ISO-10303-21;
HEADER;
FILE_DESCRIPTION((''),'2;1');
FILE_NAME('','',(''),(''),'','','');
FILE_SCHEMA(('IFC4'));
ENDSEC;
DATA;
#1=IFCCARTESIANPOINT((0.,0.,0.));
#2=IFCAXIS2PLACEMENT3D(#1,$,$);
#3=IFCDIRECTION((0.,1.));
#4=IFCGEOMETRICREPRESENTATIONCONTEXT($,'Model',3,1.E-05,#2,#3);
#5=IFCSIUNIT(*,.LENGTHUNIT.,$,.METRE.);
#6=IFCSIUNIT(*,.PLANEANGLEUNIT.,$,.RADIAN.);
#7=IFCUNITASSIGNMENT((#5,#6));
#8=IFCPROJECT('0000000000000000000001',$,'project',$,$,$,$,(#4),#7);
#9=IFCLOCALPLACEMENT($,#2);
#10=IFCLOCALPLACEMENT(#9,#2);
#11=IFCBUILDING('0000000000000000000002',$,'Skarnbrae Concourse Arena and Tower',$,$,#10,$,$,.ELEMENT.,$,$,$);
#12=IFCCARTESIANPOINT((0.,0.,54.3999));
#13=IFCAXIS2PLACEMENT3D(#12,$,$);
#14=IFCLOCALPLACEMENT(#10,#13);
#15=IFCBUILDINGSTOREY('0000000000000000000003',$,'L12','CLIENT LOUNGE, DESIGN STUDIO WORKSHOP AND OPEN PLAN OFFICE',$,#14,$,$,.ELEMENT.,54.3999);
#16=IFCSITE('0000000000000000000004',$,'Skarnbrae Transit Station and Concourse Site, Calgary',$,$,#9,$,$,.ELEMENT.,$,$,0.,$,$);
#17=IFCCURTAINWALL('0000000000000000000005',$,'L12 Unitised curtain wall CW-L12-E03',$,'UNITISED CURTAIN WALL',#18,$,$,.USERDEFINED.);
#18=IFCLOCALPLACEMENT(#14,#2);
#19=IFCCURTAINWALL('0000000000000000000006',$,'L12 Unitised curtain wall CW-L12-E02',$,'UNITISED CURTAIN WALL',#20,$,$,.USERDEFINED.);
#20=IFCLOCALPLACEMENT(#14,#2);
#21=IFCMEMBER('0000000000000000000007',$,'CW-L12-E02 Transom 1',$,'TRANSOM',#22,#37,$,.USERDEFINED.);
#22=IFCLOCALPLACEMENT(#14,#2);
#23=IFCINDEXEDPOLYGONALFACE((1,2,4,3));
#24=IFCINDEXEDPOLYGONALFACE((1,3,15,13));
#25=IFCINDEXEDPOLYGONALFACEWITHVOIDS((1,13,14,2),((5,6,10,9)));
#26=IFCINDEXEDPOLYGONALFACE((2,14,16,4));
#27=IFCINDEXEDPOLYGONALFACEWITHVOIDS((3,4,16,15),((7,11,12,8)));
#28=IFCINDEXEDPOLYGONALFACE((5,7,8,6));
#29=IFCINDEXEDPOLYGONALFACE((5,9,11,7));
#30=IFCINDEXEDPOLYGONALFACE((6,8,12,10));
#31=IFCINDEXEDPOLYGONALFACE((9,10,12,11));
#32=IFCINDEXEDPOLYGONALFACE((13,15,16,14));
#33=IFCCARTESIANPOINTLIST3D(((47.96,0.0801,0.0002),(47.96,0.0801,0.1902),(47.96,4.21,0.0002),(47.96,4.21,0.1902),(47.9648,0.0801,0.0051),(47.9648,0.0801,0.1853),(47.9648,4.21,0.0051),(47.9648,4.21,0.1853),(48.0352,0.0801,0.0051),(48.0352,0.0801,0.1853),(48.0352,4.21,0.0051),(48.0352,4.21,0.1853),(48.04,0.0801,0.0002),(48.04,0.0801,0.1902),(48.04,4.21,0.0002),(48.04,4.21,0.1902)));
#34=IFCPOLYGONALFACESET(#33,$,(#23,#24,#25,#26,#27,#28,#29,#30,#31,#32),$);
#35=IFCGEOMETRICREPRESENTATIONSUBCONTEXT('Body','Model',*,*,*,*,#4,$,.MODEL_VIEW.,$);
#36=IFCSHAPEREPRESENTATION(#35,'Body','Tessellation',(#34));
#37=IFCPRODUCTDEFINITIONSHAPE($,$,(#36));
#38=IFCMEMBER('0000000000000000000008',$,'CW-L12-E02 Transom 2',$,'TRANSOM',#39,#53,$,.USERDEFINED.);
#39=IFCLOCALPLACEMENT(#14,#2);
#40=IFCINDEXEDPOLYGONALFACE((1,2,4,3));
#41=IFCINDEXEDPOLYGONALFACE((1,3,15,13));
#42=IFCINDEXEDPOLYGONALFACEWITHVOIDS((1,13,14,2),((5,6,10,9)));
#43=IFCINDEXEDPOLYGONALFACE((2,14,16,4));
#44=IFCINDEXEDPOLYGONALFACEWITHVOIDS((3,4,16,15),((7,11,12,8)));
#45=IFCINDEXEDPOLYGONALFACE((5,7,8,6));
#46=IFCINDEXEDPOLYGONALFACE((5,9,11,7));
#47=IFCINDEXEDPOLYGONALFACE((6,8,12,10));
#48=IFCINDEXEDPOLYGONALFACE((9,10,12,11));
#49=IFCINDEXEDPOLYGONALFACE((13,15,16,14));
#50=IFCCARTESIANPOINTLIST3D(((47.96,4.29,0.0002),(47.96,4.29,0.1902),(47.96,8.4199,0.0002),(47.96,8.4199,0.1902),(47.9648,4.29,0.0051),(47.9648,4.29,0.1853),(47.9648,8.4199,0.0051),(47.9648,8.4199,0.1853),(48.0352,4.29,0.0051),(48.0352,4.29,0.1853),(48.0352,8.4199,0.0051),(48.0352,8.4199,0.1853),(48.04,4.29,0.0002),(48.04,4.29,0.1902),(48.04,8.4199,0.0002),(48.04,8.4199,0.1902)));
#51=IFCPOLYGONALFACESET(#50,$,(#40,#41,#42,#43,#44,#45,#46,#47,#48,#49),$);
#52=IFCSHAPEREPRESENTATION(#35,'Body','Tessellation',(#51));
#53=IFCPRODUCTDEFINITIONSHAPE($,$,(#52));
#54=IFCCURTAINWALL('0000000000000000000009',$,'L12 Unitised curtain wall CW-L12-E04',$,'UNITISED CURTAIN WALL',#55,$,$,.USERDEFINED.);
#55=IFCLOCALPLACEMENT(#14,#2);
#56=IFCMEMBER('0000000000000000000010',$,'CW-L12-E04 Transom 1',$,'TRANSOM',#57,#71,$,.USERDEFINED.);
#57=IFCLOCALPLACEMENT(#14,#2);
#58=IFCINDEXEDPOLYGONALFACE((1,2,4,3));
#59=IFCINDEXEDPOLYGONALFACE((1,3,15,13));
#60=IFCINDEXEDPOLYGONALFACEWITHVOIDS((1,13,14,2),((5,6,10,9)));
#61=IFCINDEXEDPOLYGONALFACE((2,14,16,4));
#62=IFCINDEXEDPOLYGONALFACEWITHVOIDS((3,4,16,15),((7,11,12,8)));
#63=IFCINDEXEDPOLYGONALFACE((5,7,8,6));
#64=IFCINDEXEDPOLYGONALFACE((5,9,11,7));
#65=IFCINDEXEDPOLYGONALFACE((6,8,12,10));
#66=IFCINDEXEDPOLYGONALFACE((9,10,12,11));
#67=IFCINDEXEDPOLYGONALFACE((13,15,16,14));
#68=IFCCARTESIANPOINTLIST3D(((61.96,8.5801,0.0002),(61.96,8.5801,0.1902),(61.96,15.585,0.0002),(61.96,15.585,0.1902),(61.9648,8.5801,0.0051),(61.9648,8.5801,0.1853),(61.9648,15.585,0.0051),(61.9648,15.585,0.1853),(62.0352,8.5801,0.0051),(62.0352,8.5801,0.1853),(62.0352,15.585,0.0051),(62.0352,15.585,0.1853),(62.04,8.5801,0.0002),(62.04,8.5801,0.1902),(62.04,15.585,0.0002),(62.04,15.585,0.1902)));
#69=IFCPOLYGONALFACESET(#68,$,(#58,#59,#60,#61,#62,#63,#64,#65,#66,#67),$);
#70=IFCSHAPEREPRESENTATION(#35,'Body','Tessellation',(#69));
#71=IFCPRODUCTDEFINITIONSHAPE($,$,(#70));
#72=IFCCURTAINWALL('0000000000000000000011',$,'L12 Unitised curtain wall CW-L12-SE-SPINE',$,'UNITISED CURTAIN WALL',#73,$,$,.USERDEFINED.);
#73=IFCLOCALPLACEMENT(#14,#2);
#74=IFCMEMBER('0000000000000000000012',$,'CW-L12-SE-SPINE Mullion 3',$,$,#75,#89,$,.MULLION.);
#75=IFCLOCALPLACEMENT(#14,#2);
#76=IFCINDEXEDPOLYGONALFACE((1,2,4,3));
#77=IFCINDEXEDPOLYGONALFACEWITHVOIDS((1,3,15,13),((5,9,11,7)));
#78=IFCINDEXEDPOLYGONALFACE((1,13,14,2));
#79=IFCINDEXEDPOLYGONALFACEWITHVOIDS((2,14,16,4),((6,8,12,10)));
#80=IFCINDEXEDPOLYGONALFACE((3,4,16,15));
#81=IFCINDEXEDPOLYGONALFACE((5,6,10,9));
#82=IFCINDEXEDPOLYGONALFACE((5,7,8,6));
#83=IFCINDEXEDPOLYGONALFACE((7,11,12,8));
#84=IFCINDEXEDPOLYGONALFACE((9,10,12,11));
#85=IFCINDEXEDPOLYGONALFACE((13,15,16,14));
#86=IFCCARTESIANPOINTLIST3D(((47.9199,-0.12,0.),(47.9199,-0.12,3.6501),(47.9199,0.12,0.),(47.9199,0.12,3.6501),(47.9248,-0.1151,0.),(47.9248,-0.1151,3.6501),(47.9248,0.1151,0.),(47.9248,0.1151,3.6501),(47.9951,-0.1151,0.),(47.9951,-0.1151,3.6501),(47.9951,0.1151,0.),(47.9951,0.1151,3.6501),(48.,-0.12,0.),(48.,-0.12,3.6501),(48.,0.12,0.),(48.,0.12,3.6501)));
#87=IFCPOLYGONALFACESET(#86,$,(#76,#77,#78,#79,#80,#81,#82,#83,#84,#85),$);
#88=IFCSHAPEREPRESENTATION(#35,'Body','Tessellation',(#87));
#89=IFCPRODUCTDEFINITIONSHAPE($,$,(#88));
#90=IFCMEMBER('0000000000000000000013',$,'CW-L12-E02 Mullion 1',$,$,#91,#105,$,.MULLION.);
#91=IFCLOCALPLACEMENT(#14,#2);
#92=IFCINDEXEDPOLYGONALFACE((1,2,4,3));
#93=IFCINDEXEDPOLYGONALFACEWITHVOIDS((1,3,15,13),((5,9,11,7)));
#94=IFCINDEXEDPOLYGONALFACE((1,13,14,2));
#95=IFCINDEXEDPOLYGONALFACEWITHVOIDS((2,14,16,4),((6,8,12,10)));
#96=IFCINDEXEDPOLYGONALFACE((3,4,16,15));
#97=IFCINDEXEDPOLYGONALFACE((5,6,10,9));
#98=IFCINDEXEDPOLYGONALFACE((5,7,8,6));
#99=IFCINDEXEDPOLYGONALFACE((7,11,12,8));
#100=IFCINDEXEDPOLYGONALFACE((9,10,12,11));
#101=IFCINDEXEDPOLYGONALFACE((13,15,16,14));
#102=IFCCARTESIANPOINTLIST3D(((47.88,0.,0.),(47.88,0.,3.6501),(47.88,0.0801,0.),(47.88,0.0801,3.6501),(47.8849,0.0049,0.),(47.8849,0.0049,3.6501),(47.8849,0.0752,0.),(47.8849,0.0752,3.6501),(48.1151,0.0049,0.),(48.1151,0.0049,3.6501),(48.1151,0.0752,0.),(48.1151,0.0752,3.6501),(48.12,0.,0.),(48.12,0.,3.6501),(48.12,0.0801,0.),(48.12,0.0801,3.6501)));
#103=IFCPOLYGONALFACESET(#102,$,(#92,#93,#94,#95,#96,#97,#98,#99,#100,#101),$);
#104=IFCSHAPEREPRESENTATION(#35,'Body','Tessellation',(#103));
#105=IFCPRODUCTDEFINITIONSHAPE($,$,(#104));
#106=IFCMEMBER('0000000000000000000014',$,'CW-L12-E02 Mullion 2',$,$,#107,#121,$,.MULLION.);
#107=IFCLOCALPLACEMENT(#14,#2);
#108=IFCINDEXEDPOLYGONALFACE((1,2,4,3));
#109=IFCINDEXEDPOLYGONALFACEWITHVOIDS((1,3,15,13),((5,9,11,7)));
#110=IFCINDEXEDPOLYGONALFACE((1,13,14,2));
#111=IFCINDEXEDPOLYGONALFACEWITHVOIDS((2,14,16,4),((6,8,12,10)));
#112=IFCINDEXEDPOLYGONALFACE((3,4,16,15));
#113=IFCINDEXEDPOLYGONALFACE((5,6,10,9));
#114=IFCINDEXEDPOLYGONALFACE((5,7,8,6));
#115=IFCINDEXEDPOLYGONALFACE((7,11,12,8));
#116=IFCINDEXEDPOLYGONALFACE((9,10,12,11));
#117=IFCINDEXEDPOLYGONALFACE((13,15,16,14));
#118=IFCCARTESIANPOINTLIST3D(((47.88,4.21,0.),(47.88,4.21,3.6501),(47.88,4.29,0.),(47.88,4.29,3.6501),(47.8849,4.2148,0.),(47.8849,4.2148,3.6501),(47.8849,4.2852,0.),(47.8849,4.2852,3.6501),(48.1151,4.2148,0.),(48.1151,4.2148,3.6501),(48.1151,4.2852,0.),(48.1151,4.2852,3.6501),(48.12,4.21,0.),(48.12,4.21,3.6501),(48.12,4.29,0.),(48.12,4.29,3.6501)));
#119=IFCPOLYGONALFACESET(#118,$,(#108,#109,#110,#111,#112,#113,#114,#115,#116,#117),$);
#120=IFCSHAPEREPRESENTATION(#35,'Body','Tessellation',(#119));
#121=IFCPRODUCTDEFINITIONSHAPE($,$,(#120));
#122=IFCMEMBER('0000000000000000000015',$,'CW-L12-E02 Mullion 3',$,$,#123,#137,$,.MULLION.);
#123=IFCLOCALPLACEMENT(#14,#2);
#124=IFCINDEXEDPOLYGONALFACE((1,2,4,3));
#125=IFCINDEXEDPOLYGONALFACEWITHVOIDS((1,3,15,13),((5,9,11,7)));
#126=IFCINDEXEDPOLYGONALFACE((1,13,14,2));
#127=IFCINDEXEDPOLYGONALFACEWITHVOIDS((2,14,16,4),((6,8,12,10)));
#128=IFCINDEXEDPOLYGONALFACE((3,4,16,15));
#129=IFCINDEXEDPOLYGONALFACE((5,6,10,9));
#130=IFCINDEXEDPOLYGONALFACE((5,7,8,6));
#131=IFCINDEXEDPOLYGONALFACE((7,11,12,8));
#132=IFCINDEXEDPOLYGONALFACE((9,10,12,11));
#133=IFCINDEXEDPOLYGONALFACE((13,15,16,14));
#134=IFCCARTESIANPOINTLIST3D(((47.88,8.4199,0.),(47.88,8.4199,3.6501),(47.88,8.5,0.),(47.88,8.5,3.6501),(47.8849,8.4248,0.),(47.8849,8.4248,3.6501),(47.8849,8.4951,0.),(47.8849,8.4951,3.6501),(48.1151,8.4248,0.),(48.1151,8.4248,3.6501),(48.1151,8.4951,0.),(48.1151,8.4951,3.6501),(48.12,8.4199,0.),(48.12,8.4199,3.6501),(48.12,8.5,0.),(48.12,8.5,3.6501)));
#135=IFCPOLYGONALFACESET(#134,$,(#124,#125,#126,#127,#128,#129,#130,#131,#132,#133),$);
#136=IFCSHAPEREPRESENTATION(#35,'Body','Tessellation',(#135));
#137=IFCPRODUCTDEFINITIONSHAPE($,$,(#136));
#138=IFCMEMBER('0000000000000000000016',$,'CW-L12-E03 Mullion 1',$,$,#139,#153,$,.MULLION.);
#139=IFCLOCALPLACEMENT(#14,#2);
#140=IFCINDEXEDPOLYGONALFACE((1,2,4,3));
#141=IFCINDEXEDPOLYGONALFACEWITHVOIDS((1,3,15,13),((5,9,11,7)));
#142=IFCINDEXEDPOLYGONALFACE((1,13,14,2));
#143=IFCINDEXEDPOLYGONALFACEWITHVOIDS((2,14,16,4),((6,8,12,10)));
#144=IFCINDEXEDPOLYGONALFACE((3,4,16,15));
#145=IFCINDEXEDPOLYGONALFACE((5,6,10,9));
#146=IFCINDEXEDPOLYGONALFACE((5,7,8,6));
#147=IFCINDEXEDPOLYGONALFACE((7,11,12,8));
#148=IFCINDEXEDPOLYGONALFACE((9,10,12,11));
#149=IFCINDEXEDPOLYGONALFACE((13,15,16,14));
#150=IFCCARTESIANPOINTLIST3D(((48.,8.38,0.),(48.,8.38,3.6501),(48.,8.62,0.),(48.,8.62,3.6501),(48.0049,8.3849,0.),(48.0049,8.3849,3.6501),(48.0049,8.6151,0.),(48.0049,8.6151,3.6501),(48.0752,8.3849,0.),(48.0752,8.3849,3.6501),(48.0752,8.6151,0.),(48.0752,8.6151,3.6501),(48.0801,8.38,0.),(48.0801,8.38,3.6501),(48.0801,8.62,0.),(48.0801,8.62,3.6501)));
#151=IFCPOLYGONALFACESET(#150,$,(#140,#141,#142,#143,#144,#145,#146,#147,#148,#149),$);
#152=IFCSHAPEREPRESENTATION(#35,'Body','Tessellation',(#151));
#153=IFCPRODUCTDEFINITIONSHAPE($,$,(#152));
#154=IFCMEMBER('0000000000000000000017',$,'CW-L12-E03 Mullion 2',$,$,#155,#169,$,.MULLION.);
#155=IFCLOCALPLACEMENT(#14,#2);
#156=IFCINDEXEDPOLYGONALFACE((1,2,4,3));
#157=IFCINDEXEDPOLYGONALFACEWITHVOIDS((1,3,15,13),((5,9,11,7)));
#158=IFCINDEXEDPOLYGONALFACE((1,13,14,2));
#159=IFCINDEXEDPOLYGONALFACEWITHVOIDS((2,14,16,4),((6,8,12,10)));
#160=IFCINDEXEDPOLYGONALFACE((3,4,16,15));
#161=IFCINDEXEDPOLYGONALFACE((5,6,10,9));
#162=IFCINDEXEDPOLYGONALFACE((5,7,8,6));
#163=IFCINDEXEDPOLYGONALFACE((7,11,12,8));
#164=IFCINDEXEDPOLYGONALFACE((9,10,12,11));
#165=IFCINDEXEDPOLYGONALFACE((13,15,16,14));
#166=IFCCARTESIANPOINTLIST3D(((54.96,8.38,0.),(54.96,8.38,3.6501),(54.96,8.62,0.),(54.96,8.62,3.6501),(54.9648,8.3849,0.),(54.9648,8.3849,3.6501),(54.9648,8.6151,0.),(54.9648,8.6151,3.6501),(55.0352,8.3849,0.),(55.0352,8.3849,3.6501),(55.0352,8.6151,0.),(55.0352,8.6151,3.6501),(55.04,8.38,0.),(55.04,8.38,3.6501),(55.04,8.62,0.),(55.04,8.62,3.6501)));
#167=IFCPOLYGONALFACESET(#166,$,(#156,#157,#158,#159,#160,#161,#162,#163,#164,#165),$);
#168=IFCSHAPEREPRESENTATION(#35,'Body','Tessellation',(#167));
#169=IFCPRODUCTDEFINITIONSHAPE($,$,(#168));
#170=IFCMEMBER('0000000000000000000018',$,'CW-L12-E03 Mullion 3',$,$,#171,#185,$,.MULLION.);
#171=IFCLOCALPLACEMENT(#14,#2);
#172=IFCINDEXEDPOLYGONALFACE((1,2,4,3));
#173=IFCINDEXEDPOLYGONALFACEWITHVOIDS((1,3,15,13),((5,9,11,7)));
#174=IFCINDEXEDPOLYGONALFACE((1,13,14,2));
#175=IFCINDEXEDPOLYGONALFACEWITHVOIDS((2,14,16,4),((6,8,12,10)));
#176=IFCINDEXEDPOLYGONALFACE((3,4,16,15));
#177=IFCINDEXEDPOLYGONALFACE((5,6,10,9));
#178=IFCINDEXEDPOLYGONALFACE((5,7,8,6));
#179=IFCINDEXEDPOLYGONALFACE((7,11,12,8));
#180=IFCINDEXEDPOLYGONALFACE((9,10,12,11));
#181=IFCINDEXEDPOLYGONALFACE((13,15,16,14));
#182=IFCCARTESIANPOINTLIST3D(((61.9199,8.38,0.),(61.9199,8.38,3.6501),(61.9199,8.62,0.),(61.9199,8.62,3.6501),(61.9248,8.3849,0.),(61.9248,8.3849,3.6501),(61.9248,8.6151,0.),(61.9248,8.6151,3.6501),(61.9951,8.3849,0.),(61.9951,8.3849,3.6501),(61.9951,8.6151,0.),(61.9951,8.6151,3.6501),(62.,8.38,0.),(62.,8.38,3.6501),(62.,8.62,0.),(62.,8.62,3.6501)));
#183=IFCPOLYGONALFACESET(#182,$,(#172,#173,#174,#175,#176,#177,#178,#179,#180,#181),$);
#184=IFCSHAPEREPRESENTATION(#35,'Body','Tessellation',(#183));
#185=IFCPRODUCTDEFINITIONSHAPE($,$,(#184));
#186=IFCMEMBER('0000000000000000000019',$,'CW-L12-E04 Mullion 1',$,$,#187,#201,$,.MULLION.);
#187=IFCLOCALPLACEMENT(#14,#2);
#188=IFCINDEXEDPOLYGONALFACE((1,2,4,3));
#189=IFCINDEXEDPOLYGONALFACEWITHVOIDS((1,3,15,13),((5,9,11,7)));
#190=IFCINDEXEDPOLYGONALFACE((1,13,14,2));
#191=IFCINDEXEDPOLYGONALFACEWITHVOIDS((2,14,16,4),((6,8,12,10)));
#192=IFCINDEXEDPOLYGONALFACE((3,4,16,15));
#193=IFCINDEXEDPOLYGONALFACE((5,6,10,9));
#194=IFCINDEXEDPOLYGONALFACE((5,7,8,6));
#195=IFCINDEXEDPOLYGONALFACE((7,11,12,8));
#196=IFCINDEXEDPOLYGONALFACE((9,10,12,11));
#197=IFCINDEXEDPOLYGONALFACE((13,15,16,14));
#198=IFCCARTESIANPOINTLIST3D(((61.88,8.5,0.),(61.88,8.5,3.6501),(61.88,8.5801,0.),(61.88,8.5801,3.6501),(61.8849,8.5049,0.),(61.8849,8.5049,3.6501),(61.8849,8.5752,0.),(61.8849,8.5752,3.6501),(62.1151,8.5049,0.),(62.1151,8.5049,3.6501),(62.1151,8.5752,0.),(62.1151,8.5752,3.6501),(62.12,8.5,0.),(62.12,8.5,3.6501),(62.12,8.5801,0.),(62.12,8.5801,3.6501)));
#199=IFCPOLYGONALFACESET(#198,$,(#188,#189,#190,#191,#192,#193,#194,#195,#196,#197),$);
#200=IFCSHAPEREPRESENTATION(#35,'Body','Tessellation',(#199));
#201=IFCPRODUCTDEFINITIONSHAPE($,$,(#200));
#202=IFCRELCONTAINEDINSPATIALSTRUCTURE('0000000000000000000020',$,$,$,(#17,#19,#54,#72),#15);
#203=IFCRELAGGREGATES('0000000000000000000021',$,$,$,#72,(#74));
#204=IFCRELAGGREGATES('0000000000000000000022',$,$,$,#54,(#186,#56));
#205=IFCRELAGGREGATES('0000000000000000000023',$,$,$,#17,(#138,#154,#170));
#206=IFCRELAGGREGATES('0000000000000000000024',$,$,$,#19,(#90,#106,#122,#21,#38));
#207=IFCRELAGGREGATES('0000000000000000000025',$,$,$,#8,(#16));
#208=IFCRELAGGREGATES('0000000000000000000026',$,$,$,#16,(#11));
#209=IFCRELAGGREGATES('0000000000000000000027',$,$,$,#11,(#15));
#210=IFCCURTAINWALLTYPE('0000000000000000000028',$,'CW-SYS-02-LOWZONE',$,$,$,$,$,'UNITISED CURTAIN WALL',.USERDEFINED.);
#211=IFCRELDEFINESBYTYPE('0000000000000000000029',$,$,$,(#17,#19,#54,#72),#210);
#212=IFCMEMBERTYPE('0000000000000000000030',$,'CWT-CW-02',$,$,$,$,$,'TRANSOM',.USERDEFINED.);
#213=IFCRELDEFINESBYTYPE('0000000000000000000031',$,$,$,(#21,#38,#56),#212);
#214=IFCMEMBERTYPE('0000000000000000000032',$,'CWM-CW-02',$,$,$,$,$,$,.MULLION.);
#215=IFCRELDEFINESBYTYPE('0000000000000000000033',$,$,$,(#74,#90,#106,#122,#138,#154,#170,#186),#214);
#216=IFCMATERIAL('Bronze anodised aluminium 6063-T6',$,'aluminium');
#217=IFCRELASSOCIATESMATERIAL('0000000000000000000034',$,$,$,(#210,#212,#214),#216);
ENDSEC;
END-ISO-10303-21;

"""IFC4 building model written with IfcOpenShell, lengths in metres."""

from ifc_helpers import new_model, si_unit, direction, frame, origin, origin_2d, place, context, subcontext, project, spatial, hollow_rectangle, extrude, source, transform, mapped, material, material_profile, profile_set, type_object, element, aggregate, save


model = new_model("IFC4")

# Units and contexts
model_context = context("Model", 3, precision=1e-05, world=origin(), true_north=direction((0.0, 1.0)))
body_context = subcontext(model_context, "Body", "Model", "MODEL_VIEW")
ifc_project = project(units=[si_unit("LENGTHUNIT", "METRE"), si_unit("PLANEANGLEUNIT", "RADIAN")], contexts=[model_context])

# Site, building, storey
site_placement = place(None, origin())
site = spatial("IfcSite", under=ifc_project, at=site_placement, Name="Skarnbrae Transit Station and Concourse Site, Calgary", CompositionType="ELEMENT", RefElevation=0.0)
building_placement = place(site_placement, origin())
building = spatial("IfcBuilding", under=site, at=building_placement, Name="Skarnbrae Concourse Arena and Tower", CompositionType="ELEMENT")
storey_placement = place(building_placement, frame((0.0, 0.0, 54.3999)))
storey = spatial("IfcBuildingStorey", under=building, at=storey_placement, Name="L12", Description="CLIENT LOUNGE, DESIGN STUDIO WORKSHOP AND OPEN PLAN OFFICE", CompositionType="ELEMENT", Elevation=54.3999)

# Curtain walls, members
ifc_material_1 = material(Name="Bronze anodised aluminium 6063-T6", Category="aluminium")
curtain_wall_type = type_object("IfcCurtainWallType", Name="CW-SYS-02-LOWZONE", ElementType="UNITISED CURTAIN WALL", PredefinedType="USERDEFINED", material=ifc_material_1)
curtain_wall_1_placement = place(storey_placement, origin())
curtain_wall_1 = element("IfcCurtainWall", 1, at=curtain_wall_1_placement, inside=storey, type_object=curtain_wall_type, Name="L12 Unitised curtain wall CW-L12-E03", ObjectType="UNITISED CURTAIN WALL", PredefinedType="USERDEFINED")
ifc_material_profile_1 = material_profile(ifc_material_1, hollow_rectangle(XDim=0.0801, YDim=0.1899, WallThickness=0.0049, at=origin_2d()), Name="ALU-TRAN-80X190")
ifc_profile_set_1 = profile_set([ifc_material_profile_1], Name="Bronze anodised aluminium 6063-T6")
member_type_1 = type_object("IfcMemberType", Name="CWT-CW-02", ElementType="TRANSOM", PredefinedType="USERDEFINED", material=ifc_profile_set_1)
curtain_wall_2_placement = place(storey_placement, origin())
curtain_wall_2 = element("IfcCurtainWall", 2, at=curtain_wall_2_placement, inside=storey, type_object=curtain_wall_type, Name="L12 Unitised curtain wall CW-L12-E02", ObjectType="UNITISED CURTAIN WALL", PredefinedType="USERDEFINED")
shared_shape_1 = source(origin(), body_context, "Body", "SweptSolid", [
    extrude(hollow_rectangle(XDim=0.0801, YDim=0.1899, WallThickness=0.0049, at=origin_2d()), origin(), (0.0, 0.0, 1.0), 4.1299),
])
member_1_placement = place(storey_placement, frame((48.0, 0.0801, 0.0952), z_axis=(0.0, 1.0, 0.0), x_axis=(-1.0, 0.0, 0.0)))
member_1 = element("IfcMember", 3, at=member_1_placement, type_object=member_type_1, Name="CW-L12-E02 Transom 1", ObjectType="TRANSOM", PredefinedType="USERDEFINED", context=body_context, shape_type="MappedRepresentation", body=[
    mapped(shared_shape_1, transform((0.0, 0.0, 0.0))),
])
member_2_placement = place(storey_placement, frame((48.0, 4.29, 0.0952), z_axis=(0.0, 1.0, 0.0), x_axis=(-1.0, 0.0, 0.0)))
member_2 = element("IfcMember", 4, at=member_2_placement, type_object=member_type_1, Name="CW-L12-E02 Transom 2", ObjectType="TRANSOM", PredefinedType="USERDEFINED", context=body_context, shape_type="MappedRepresentation", body=[
    mapped(shared_shape_1, transform((0.0, 0.0, 0.0))),
])

# Curtain walls, members
curtain_wall_3_placement = place(storey_placement, origin())
curtain_wall_3 = element("IfcCurtainWall", 5, at=curtain_wall_3_placement, inside=storey, type_object=curtain_wall_type, Name="L12 Unitised curtain wall CW-L12-E04", ObjectType="UNITISED CURTAIN WALL", PredefinedType="USERDEFINED")
shared_shape_2 = source(origin(), body_context, "Body", "SweptSolid", [
    extrude(hollow_rectangle(XDim=0.0801, YDim=0.1899, WallThickness=0.0049, at=origin_2d()), origin(), (0.0, 0.0, 1.0), 7.0049),
])
member_3_placement = place(storey_placement, frame((62.0, 8.5801, 0.0952), z_axis=(0.0, 1.0, 0.0), x_axis=(-1.0, 0.0, 0.0)))
member_3 = element("IfcMember", 6, at=member_3_placement, type_object=member_type_1, Name="CW-L12-E04 Transom 1", ObjectType="TRANSOM", PredefinedType="USERDEFINED", context=body_context, shape_type="MappedRepresentation", body=[
    mapped(shared_shape_2, transform((0.0, 0.0, 0.0))),
])
curtain_wall_4_placement = place(storey_placement, origin())
curtain_wall_4 = element("IfcCurtainWall", 7, at=curtain_wall_4_placement, inside=storey, type_object=curtain_wall_type, Name="L12 Unitised curtain wall CW-L12-SE-SPINE", ObjectType="UNITISED CURTAIN WALL", PredefinedType="USERDEFINED")
ifc_material_profile_2 = material_profile(ifc_material_1, hollow_rectangle(XDim=0.0801, YDim=0.24, WallThickness=0.0049, at=origin_2d()), Name="ALU-MULL-80X240")
ifc_profile_set_2 = profile_set([ifc_material_profile_2], Name="Bronze anodised aluminium 6063-T6")
member_type_2 = type_object("IfcMemberType", Name="CWM-CW-02", PredefinedType="MULLION", material=ifc_profile_set_2)
shared_shape_3 = source(origin(), body_context, "Body", "SweptSolid", [
    extrude(hollow_rectangle(XDim=0.0801, YDim=0.24, WallThickness=0.0049, at=origin_2d()), origin(), (0.0, 0.0, 1.0), 3.6501),
])
member_4_placement = place(storey_placement, frame((47.96, 0.0, 0.0), z_axis=(0.0, 0.0, 1.0), x_axis=(1.0, 0.0, 0.0)))
member_4 = element("IfcMember", 8, at=member_4_placement, type_object=member_type_2, Name="CW-L12-SE-SPINE Mullion 3", PredefinedType="MULLION", context=body_context, shape_type="MappedRepresentation", body=[
    mapped(shared_shape_3, transform((0.0, 0.0, 0.0))),
])
aggregate(curtain_wall_4, [member_4])

# Members
member_5_placement = place(storey_placement, frame((48.0, 0.04, 0.0), z_axis=(0.0, 0.0, 1.0), x_axis=(0.0, 1.0, 0.0)))
member_5 = element("IfcMember", 9, at=member_5_placement, type_object=member_type_2, Name="CW-L12-E02 Mullion 1", PredefinedType="MULLION", context=body_context, shape_type="MappedRepresentation", body=[
    mapped(shared_shape_3, transform((0.0, 0.0, 0.0))),
])
member_6_placement = place(storey_placement, frame((48.0, 4.25, 0.0), z_axis=(0.0, 0.0, 1.0), x_axis=(0.0, 1.0, 0.0)))
member_6 = element("IfcMember", 10, at=member_6_placement, type_object=member_type_2, Name="CW-L12-E02 Mullion 2", PredefinedType="MULLION", context=body_context, shape_type="MappedRepresentation", body=[
    mapped(shared_shape_3, transform((0.0, 0.0, 0.0))),
])
member_7_placement = place(storey_placement, frame((48.0, 8.46, 0.0), z_axis=(0.0, 0.0, 1.0), x_axis=(0.0, 1.0, 0.0)))
member_7 = element("IfcMember", 11, at=member_7_placement, type_object=member_type_2, Name="CW-L12-E02 Mullion 3", PredefinedType="MULLION", context=body_context, shape_type="MappedRepresentation", body=[
    mapped(shared_shape_3, transform((0.0, 0.0, 0.0))),
])
member_8_placement = place(storey_placement, frame((48.04, 8.5, 0.0), z_axis=(0.0, 0.0, 1.0), x_axis=(1.0, 0.0, 0.0)))
member_8 = element("IfcMember", 12, at=member_8_placement, type_object=member_type_2, Name="CW-L12-E03 Mullion 1", PredefinedType="MULLION", context=body_context, shape_type="MappedRepresentation", body=[
    mapped(shared_shape_3, transform((0.0, 0.0, 0.0))),
])
member_9_placement = place(storey_placement, frame((55.0, 8.5, 0.0), z_axis=(0.0, 0.0, 1.0), x_axis=(1.0, 0.0, 0.0)))
member_9 = element("IfcMember", 13, at=member_9_placement, type_object=member_type_2, Name="CW-L12-E03 Mullion 2", PredefinedType="MULLION", context=body_context, shape_type="MappedRepresentation", body=[
    mapped(shared_shape_3, transform((0.0, 0.0, 0.0))),
])
member_10_placement = place(storey_placement, frame((61.96, 8.5, 0.0), z_axis=(0.0, 0.0, 1.0), x_axis=(1.0, 0.0, 0.0)))
member_10 = element("IfcMember", 14, at=member_10_placement, type_object=member_type_2, Name="CW-L12-E03 Mullion 3", PredefinedType="MULLION", context=body_context, shape_type="MappedRepresentation", body=[
    mapped(shared_shape_3, transform((0.0, 0.0, 0.0))),
])
member_11_placement = place(storey_placement, frame((62.0, 8.54, 0.0), z_axis=(0.0, 0.0, 1.0), x_axis=(0.0, 1.0, 0.0)))
member_11 = element("IfcMember", 15, at=member_11_placement, type_object=member_type_2, Name="CW-L12-E04 Mullion 1", PredefinedType="MULLION", context=body_context, shape_type="MappedRepresentation", body=[
    mapped(shared_shape_3, transform((0.0, 0.0, 0.0))),
])
aggregate(curtain_wall_3, [member_11, member_3])

aggregate(curtain_wall_1, [member_8, member_9, member_10])
aggregate(curtain_wall_2, [member_5, member_6, member_7, member_1, member_2])

save(model, "model.ifc")
